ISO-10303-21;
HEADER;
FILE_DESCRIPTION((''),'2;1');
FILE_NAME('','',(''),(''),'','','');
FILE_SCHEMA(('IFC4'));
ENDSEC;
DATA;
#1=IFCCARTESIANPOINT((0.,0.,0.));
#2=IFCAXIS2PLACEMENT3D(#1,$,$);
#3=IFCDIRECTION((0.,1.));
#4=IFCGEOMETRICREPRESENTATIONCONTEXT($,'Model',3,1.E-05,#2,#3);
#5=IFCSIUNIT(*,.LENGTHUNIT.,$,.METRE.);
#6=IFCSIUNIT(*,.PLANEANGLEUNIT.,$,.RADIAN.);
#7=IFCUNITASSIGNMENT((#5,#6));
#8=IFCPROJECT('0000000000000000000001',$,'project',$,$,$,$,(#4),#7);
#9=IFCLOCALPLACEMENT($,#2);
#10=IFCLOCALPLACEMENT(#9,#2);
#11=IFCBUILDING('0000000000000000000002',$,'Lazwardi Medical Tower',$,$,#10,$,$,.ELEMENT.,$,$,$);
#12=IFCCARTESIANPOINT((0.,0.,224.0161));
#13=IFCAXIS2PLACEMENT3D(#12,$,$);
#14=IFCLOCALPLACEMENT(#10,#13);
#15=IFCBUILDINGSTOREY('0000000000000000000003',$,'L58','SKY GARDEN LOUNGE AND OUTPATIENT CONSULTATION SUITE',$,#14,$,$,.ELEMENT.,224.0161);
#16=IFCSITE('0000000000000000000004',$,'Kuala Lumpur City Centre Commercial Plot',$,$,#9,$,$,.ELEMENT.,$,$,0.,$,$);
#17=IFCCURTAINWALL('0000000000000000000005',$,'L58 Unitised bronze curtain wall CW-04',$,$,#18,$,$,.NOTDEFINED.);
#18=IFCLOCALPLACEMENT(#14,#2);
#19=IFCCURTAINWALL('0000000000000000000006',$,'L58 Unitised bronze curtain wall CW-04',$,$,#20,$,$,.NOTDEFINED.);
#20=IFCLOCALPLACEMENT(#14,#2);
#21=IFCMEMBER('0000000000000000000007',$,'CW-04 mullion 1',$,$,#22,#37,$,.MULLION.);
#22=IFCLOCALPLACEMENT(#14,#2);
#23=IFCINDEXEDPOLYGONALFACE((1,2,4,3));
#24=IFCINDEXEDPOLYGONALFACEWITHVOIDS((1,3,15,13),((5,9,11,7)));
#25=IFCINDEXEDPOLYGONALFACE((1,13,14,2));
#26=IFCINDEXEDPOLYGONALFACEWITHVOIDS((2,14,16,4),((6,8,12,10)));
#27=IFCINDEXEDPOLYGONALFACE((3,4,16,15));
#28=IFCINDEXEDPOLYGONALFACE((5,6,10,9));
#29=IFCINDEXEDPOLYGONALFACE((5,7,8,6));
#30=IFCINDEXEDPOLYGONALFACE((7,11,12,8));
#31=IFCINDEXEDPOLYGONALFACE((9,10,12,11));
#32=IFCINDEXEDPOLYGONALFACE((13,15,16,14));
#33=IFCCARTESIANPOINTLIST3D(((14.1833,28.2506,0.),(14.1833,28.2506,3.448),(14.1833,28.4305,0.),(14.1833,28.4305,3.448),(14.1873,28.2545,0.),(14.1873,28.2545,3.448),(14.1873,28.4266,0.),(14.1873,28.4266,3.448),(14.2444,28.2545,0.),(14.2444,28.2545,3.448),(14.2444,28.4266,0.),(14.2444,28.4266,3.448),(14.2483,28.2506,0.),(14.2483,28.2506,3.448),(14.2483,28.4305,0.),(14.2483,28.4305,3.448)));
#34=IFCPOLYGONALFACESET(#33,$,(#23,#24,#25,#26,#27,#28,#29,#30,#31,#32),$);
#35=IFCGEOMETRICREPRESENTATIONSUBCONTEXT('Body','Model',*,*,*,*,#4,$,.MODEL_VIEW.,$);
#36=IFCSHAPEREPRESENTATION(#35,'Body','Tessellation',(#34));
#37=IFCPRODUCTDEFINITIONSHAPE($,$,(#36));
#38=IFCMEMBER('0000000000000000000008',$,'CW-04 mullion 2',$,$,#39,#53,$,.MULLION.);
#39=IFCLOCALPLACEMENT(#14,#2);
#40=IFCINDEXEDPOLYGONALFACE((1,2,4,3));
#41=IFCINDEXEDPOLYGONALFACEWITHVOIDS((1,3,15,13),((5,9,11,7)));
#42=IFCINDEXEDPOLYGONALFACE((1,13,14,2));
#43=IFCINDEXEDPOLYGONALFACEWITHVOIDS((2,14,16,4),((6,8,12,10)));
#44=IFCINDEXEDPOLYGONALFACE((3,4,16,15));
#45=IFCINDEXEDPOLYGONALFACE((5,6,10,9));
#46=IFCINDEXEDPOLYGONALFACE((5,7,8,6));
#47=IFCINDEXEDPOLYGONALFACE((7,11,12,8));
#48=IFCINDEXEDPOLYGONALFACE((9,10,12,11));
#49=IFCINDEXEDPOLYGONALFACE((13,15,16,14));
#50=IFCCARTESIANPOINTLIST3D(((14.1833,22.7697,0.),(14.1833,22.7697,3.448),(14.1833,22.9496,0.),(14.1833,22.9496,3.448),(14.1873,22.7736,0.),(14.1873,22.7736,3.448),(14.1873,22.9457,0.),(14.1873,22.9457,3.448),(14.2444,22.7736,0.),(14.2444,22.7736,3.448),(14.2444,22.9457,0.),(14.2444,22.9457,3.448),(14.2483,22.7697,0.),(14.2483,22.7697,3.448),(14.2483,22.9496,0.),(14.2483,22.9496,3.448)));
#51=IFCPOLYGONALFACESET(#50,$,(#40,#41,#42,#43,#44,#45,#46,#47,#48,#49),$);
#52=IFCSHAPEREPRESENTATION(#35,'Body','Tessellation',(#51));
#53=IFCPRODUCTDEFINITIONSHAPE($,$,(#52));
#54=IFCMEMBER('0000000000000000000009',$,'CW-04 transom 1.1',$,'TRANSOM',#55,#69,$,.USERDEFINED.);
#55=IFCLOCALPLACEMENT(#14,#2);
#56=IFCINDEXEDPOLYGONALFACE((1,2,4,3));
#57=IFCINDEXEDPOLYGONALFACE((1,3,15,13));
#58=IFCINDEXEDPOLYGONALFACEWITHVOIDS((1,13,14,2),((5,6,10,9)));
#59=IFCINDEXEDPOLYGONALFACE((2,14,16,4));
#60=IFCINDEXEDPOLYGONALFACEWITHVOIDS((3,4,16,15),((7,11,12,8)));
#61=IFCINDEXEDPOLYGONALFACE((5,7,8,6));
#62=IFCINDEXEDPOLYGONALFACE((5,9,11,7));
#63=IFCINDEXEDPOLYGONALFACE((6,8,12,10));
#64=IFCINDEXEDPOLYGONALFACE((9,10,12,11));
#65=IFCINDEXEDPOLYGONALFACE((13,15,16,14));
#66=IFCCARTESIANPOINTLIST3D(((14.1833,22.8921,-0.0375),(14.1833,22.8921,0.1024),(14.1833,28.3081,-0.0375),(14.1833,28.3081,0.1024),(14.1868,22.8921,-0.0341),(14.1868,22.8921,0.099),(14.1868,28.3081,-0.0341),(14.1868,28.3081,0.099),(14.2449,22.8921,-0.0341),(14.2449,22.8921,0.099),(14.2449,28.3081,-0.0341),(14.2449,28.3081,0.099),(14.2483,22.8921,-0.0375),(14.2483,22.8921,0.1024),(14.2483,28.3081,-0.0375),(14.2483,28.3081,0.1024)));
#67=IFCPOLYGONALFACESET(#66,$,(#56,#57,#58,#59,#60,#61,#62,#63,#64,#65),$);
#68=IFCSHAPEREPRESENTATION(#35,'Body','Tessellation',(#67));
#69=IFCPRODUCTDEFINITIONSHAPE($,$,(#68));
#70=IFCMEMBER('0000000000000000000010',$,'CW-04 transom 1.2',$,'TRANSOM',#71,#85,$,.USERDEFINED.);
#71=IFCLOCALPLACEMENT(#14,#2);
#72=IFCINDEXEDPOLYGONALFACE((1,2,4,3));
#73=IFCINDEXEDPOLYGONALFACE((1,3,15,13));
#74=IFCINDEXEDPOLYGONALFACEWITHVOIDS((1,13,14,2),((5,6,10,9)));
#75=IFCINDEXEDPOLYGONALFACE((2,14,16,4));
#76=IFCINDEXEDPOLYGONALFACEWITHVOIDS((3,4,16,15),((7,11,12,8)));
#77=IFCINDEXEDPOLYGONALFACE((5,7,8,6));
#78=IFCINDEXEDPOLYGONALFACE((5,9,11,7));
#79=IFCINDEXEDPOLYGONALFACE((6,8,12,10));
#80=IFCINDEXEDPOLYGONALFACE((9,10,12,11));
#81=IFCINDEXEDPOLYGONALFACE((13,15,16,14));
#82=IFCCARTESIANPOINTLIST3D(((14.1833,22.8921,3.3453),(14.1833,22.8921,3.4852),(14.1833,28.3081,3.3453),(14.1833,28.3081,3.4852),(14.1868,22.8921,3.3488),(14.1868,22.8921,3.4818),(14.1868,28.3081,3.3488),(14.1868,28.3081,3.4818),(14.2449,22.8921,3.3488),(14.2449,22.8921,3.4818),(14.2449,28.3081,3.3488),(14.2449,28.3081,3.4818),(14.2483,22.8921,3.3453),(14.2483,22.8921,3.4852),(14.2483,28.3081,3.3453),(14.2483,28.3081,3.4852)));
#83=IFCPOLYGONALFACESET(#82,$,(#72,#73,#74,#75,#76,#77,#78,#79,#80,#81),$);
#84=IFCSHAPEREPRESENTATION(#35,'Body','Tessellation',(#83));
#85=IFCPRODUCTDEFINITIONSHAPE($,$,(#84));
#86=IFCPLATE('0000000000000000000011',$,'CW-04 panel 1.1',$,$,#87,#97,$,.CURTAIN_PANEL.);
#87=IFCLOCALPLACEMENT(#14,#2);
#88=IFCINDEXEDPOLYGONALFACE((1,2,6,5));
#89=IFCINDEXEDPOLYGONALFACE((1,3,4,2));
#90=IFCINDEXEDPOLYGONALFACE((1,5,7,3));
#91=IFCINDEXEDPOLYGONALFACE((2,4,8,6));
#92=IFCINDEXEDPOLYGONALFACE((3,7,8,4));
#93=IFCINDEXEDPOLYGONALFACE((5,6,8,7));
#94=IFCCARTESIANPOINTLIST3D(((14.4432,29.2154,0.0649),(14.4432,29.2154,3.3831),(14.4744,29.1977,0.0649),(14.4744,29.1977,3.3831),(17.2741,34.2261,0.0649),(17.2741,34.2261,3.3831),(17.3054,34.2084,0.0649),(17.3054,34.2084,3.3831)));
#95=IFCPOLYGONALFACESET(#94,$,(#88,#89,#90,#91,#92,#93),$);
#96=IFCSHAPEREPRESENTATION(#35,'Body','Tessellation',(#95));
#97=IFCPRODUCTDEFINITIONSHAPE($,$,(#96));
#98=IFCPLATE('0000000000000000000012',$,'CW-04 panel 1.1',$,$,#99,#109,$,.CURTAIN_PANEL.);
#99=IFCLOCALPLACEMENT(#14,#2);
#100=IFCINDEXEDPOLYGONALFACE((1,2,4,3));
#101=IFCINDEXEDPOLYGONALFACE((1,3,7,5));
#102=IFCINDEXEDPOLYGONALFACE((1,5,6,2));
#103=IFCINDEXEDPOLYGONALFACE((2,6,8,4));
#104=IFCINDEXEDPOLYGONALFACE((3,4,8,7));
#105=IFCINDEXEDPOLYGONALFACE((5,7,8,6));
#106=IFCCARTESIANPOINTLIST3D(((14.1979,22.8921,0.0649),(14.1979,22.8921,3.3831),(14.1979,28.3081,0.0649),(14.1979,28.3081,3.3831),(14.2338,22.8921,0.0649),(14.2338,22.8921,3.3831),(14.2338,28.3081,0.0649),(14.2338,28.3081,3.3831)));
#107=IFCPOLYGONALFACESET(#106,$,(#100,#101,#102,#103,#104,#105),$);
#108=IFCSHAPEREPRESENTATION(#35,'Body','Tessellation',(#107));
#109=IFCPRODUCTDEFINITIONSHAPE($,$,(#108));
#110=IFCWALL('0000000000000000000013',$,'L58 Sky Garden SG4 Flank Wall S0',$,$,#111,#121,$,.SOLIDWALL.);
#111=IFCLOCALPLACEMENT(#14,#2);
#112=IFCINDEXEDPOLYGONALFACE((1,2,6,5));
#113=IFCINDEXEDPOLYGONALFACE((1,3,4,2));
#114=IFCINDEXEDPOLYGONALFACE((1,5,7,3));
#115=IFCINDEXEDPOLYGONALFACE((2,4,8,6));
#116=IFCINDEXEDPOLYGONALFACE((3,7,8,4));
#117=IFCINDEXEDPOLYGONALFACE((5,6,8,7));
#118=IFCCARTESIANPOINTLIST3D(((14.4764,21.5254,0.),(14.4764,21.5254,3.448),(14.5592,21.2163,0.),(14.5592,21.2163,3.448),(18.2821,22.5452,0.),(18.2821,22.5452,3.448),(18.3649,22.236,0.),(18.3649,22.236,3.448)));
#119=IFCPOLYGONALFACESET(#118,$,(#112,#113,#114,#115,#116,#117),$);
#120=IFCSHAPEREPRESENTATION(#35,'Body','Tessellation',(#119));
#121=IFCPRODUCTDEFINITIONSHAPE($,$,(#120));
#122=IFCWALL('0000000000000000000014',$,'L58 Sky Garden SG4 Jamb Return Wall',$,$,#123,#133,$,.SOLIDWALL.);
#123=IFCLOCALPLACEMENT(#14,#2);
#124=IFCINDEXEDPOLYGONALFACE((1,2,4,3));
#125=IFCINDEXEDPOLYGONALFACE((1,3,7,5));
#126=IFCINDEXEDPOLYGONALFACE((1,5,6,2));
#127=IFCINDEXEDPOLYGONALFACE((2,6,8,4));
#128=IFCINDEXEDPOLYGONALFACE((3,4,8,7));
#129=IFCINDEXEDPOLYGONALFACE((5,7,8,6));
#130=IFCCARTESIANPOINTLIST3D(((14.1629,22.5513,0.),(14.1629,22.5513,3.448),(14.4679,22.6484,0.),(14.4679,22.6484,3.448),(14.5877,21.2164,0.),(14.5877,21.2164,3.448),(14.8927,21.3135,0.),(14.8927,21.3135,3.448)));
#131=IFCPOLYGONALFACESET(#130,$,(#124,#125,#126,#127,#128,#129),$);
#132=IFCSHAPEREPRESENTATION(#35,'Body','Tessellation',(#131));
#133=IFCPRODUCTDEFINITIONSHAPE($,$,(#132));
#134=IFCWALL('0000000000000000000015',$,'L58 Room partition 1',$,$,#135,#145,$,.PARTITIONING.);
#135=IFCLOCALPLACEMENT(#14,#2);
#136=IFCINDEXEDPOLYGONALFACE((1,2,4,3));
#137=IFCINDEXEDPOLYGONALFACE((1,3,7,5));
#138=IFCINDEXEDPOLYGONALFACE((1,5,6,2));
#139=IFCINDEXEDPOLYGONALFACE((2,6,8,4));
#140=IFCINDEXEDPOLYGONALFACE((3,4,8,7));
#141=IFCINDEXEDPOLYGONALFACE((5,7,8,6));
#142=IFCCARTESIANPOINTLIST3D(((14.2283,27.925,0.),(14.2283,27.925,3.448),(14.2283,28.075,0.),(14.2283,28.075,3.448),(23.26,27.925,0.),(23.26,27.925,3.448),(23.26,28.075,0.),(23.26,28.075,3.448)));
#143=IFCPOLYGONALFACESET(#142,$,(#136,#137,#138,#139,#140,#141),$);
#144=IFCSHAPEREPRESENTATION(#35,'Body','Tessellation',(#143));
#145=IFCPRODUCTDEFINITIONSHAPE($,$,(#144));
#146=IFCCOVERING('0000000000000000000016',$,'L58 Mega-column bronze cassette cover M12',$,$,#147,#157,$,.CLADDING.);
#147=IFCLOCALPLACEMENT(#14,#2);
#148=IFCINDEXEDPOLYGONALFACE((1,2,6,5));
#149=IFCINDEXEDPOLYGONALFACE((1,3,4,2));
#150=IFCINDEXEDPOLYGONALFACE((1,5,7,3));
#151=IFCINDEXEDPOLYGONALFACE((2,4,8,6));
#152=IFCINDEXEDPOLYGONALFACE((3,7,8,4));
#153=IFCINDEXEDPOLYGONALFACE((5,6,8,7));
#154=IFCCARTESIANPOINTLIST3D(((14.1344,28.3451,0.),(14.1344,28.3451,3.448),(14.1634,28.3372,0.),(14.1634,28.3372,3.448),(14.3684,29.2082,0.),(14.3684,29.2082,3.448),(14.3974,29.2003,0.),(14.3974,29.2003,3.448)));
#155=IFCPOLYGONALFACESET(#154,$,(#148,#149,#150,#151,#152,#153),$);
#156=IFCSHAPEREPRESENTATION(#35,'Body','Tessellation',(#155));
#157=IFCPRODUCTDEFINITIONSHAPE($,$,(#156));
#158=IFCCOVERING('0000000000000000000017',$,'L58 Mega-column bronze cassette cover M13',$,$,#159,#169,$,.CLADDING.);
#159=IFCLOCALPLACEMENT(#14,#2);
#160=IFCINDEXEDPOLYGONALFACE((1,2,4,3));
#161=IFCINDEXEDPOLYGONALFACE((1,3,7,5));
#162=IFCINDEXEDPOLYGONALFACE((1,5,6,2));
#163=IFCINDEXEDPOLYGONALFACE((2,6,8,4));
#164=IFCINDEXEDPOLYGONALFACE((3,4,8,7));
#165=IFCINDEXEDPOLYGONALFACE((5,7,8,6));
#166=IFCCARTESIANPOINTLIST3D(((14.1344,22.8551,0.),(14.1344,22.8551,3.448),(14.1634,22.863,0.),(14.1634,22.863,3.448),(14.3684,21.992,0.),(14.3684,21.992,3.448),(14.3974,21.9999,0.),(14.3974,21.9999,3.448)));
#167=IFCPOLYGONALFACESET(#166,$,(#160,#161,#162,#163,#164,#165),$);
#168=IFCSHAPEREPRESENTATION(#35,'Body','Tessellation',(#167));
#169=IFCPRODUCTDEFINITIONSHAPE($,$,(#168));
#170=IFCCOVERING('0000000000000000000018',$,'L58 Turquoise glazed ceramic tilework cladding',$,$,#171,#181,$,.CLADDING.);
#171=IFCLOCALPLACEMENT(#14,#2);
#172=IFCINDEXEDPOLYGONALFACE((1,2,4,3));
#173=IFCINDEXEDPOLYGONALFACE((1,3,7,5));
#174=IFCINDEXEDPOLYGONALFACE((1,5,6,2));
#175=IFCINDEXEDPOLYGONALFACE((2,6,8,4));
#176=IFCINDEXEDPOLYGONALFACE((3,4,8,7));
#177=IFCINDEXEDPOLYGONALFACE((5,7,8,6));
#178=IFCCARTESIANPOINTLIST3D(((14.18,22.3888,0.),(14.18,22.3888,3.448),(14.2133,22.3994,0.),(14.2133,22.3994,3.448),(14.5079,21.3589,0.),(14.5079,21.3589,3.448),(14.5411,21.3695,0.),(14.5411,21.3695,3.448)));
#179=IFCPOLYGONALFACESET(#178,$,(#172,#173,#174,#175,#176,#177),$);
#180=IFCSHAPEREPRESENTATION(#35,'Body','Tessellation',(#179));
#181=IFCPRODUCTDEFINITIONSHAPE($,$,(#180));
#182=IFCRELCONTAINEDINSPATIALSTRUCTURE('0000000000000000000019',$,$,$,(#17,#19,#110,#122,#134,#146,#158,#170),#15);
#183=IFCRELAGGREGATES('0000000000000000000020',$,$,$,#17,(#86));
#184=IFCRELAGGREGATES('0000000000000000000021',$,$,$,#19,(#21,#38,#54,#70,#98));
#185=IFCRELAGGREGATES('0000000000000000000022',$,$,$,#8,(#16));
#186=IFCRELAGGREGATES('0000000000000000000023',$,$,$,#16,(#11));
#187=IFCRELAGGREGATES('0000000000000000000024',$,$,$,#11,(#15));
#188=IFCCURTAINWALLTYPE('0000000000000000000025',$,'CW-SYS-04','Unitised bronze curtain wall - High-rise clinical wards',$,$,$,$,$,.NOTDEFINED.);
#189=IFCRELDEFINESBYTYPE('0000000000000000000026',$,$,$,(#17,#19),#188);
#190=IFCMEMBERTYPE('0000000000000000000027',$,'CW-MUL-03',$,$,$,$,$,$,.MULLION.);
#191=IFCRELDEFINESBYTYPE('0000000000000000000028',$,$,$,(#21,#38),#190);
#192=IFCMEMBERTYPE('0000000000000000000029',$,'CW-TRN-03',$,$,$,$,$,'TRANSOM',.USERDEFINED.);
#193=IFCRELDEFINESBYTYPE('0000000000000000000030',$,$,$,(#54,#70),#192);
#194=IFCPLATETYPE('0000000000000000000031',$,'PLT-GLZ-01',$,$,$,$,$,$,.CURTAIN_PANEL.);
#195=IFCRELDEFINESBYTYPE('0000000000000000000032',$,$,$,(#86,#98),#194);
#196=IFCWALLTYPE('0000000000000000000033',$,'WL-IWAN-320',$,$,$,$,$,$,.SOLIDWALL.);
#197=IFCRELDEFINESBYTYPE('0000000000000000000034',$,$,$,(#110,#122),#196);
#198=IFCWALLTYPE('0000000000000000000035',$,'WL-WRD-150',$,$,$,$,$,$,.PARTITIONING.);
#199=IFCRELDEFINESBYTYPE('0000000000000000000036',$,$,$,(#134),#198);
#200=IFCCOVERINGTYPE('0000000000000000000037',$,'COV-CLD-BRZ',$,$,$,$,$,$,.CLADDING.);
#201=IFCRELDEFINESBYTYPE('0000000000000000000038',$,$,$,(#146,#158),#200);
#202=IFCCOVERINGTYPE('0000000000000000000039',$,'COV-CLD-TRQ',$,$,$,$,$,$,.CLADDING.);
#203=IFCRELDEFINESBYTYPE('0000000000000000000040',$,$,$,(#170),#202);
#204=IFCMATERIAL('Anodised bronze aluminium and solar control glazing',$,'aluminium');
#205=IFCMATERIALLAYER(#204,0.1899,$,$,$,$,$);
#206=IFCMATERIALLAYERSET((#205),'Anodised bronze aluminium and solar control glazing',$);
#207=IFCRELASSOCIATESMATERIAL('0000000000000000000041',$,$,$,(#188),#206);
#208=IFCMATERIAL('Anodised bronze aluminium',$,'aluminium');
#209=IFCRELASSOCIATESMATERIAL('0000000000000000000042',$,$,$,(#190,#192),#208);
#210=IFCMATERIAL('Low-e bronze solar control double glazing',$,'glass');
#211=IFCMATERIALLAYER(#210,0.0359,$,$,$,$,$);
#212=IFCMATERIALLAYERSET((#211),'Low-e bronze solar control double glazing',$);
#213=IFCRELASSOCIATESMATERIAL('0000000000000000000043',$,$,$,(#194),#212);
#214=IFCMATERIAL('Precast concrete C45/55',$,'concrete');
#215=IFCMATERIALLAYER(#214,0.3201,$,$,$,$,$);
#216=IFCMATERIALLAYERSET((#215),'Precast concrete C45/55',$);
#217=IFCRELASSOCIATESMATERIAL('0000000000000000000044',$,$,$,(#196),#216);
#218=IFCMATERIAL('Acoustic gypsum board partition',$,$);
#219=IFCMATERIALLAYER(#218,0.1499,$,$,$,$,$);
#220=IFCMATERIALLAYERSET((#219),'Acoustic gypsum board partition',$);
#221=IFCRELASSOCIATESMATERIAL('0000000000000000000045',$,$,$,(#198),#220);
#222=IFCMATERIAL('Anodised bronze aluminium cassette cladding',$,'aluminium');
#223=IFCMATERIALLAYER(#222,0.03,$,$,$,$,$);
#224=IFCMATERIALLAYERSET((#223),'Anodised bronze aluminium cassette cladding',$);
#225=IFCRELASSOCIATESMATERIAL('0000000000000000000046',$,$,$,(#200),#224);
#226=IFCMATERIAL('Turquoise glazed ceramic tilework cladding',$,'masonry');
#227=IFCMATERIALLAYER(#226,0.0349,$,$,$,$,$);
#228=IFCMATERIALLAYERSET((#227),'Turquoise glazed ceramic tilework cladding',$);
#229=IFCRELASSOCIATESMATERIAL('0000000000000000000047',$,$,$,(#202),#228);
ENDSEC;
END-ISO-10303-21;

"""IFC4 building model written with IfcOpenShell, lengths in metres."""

from ifc_helpers import new_model, si_unit, direction, frame, frame_2d, origin, origin_2d, place, context, subcontext, project, spatial, rectangle, hollow_rectangle, extrude, material, layer, layer_set, material_profile, profile_set, type_object, element, aggregate, save


model = new_model("IFC4")

# Units and contexts
model_context = context("Model", 3, precision=1e-05, world=origin(), true_north=direction((0.0, 1.0)))
body_context = subcontext(model_context, "Body", "Model", "MODEL_VIEW")
ifc_project = project(units=[si_unit("LENGTHUNIT", "METRE"), si_unit("PLANEANGLEUNIT", "RADIAN")], contexts=[model_context])

# Site, building, storey
site_placement = place(None, origin())
site = spatial("IfcSite", under=ifc_project, at=site_placement, Name="Kuala Lumpur City Centre Commercial Plot", CompositionType="ELEMENT", RefElevation=0.0)
building_placement = place(site_placement, origin())
building = spatial("IfcBuilding", under=site, at=building_placement, Name="Lazwardi Medical Tower", CompositionType="ELEMENT")
storey_placement = place(building_placement, frame((0.0, 0.0, 224.0161)))
storey = spatial("IfcBuildingStorey", under=building, at=storey_placement, Name="L58", Description="SKY GARDEN LOUNGE AND OUTPATIENT CONSULTATION SUITE", CompositionType="ELEMENT", Elevation=224.0161)

# Curtain wall
ifc_material_1 = material(Name="Anodised bronze aluminium and solar control glazing", Category="aluminium")
ifc_layer_1 = layer(ifc_material_1, 0.1899)
ifc_layer_set_1 = layer_set([ifc_layer_1], Name="Anodised bronze aluminium and solar control glazing")
curtain_wall_type = type_object("IfcCurtainWallType", Name="CW-SYS-04", Description="Unitised bronze curtain wall - High-rise clinical wards", PredefinedType="NOTDEFINED", material=ifc_layer_set_1)
curtain_wall_1_placement = place(storey_placement, origin())
curtain_wall_1 = element("IfcCurtainWall", 1, at=curtain_wall_1_placement, inside=storey, type_object=curtain_wall_type, Name="L58 Unitised bronze curtain wall CW-04", PredefinedType="NOTDEFINED")
ifc_material_2 = material(Name="Anodised bronze aluminium", Category="aluminium")
ifc_material_profile_1 = material_profile(ifc_material_2, hollow_rectangle(XDim=0.0649, YDim=0.1799, WallThickness=0.0039, at=origin_2d()), Name="ALU-MULLION 180x65x4")
ifc_profile_set_1 = profile_set([ifc_material_profile_1], Name="Anodised bronze aluminium")
member_type_1 = type_object("IfcMemberType", Name="CW-MUL-03", PredefinedType="MULLION", material=ifc_profile_set_1)

# Curtain wall, members
curtain_wall_2_placement = place(storey_placement, origin())
curtain_wall_2 = element("IfcCurtainWall", 2, at=curtain_wall_2_placement, inside=storey, type_object=curtain_wall_type, Name="L58 Unitised bronze curtain wall CW-04", PredefinedType="NOTDEFINED")
member_1_placement = place(storey_placement, frame((14.2158, 28.3406, 0.0), z_axis=(0.0, 0.0, 1.0), x_axis=(1.0, 0.0, 0.0)))
member_1 = element("IfcMember", 3, at=member_1_placement, type_object=member_type_1, Name="CW-04 mullion 1", PredefinedType="MULLION", context=body_context, shape_type="SweptSolid", body=[
    extrude(hollow_rectangle(XDim=0.0649, YDim=0.1799, WallThickness=0.0039, at=origin_2d()), origin(), (0.0, 0.0, 1.0), 3.448),
])
member_2_placement = place(storey_placement, frame((14.2158, 22.8596, 0.0), z_axis=(0.0, 0.0, 1.0), x_axis=(1.0, 0.0, 0.0)))
member_2 = element("IfcMember", 4, at=member_2_placement, type_object=member_type_1, Name="CW-04 mullion 2", PredefinedType="MULLION", context=body_context, shape_type="SweptSolid", body=[
    extrude(hollow_rectangle(XDim=0.0649, YDim=0.1799, WallThickness=0.0039, at=origin_2d()), origin(), (0.0, 0.0, 1.0), 3.448),
])
ifc_material_profile_2 = material_profile(ifc_material_2, hollow_rectangle(XDim=0.0649, YDim=0.1399, WallThickness=0.0034, at=origin_2d()), Name="ALU-TRANSOM 140x65x3.5")
ifc_profile_set_2 = profile_set([ifc_material_profile_2], Name="Anodised bronze aluminium")
member_type_2 = type_object("IfcMemberType", Name="CW-TRN-03", ElementType="TRANSOM", PredefinedType="USERDEFINED", material=ifc_profile_set_2)
member_3_placement = place(storey_placement, frame((14.2158, 28.3081, 0.0325), z_axis=(0.0, -1.0, 0.0), x_axis=(1.0, 0.0, 0.0)))
member_3 = element("IfcMember", 5, at=member_3_placement, type_object=member_type_2, Name="CW-04 transom 1.1", ObjectType="TRANSOM", PredefinedType="USERDEFINED", context=body_context, shape_type="SweptSolid", body=[
    extrude(hollow_rectangle(XDim=0.0649, YDim=0.1399, WallThickness=0.0034, at=origin_2d()), origin(), (0.0, 0.0, 1.0), 5.416),
])
member_4_placement = place(storey_placement, frame((14.2158, 28.3081, 3.4153), z_axis=(0.0, -1.0, 0.0), x_axis=(1.0, 0.0, 0.0)))
member_4 = element("IfcMember", 6, at=member_4_placement, type_object=member_type_2, Name="CW-04 transom 1.2", ObjectType="TRANSOM", PredefinedType="USERDEFINED", context=body_context, shape_type="SweptSolid", body=[
    extrude(hollow_rectangle(XDim=0.0649, YDim=0.1399, WallThickness=0.0034, at=origin_2d()), origin(), (0.0, 0.0, 1.0), 5.416),
])

# Plates
ifc_material_3 = material(Name="Low-e bronze solar control double glazing", Category="glass")
ifc_layer_2 = layer(ifc_material_3, 0.0359)
ifc_layer_set_2 = layer_set([ifc_layer_2], Name="Low-e bronze solar control double glazing")
plate_type = type_object("IfcPlateType", Name="PLT-GLZ-01", PredefinedType="CURTAIN_PANEL", material=ifc_layer_set_2)
plate_1_placement = place(storey_placement, frame((15.8743, 31.7119, 0.0649), z_axis=(0.0, 0.0, 1.0), x_axis=(-0.4919, -0.870651, 0.0)))
plate_1 = element("IfcPlate", 7, at=plate_1_placement, type_object=plate_type, Name="CW-04 panel 1.1", PredefinedType="CURTAIN_PANEL", context=body_context, shape_type="SweptSolid", body=[
    extrude(rectangle(XDim=5.7551, YDim=0.0359, at=origin_2d()), origin(), (0.0, 0.0, 1.0), 3.3181),
])
aggregate(curtain_wall_1, [plate_1])
plate_2_placement = place(storey_placement, frame((14.2158, 25.6001, 0.0649), z_axis=(0.0, 0.0, 1.0), x_axis=(0.0, -1.0, 0.0)))
plate_2 = element("IfcPlate", 8, at=plate_2_placement, type_object=plate_type, Name="CW-04 panel 1.1", PredefinedType="CURTAIN_PANEL", context=body_context, shape_type="SweptSolid", body=[
    extrude(rectangle(XDim=5.416, YDim=0.0359, at=origin_2d()), origin(), (0.0, 0.0, 1.0), 3.3181),
])
aggregate(curtain_wall_2, [member_1, member_2, member_3, member_4, plate_2])

# Walls
ifc_material_4 = material(Name="Precast concrete C45/55", Category="concrete")
ifc_layer_3 = layer(ifc_material_4, 0.3201)
ifc_layer_set_3 = layer_set([ifc_layer_3], Name="Precast concrete C45/55")
wall_type_1 = type_object("IfcWallType", Name="WL-IWAN-320", PredefinedType="SOLIDWALL", material=ifc_layer_set_3)
wall_1_placement = place(storey_placement, frame((14.5178, 21.3708, 0.0), z_axis=(0.0, 0.0, 1.0), x_axis=(0.965923, 0.258831, 0.0)))
element("IfcWall", 9, at=wall_1_placement, inside=storey, type_object=wall_type_1, Name="L58 Sky Garden SG4 Flank Wall S0", PredefinedType="SOLIDWALL", context=body_context, shape_type="SweptSolid", body=[
    extrude(rectangle(XDim=3.9399, YDim=0.3201, at=frame_2d((1.97, 0.0))), origin(), (0.0, 0.0, 1.0), 3.448),
])
wall_2_placement = place(storey_placement, frame((14.3154, 22.5999, 0.0), z_axis=(0.0, 0.0, 1.0), x_axis=(0.303232, -0.952917, 0.0)))
element("IfcWall", 10, at=wall_2_placement, inside=storey, type_object=wall_type_1, Name="L58 Sky Garden SG4 Jamb Return Wall", PredefinedType="SOLIDWALL", context=body_context, shape_type="SweptSolid", body=[
    extrude(rectangle(XDim=1.4009, YDim=0.3201, at=frame_2d((0.7004, 0.0))), origin(), (0.0, 0.0, 1.0), 3.448),
])
ifc_material_5 = material(Name="Acoustic gypsum board partition")
ifc_layer_4 = layer(ifc_material_5, 0.1499)
ifc_layer_set_4 = layer_set([ifc_layer_4], Name="Acoustic gypsum board partition")
wall_type_2 = type_object("IfcWallType", Name="WL-WRD-150", PredefinedType="PARTITIONING", material=ifc_layer_set_4)
wall_3_placement = place(storey_placement, frame((14.2283, 28.0, 0.0), z_axis=(0.0, 0.0, 1.0), x_axis=(1.0, 0.0, 0.0)))
element("IfcWall", 11, at=wall_3_placement, inside=storey, type_object=wall_type_2, Name="L58 Room partition 1", PredefinedType="PARTITIONING", context=body_context, shape_type="SweptSolid", body=[
    extrude(rectangle(XDim=9.0317, YDim=0.1499, at=frame_2d((4.5159, 0.0))), origin(), (0.0, 0.0, 1.0), 3.448),
])

# Coverings
ifc_material_6 = material(Name="Anodised bronze aluminium cassette cladding", Category="aluminium")
ifc_layer_5 = layer(ifc_material_6, 0.03)
ifc_layer_set_5 = layer_set([ifc_layer_5], Name="Anodised bronze aluminium cassette cladding")
covering_type_1 = type_object("IfcCoveringType", Name="COV-CLD-BRZ", PredefinedType="CLADDING", material=ifc_layer_set_5)
for number, where, z_axis, x_axis, name in (
    (12, (14.2659, 28.7727, 0.0), (0.0, 0.0, 1.0), (-0.261642, -0.965165, 0.0), "L58 Mega-column bronze cassette cover M12"),
    (13, (14.2659, 22.4275, 0.0), (0.0, 0.0, 1.0), (0.261642, -0.965165, 0.0), "L58 Mega-column bronze cassette cover M13"),
):
    element("IfcCovering", number, at=place(storey_placement, frame(where, z_axis=z_axis, x_axis=x_axis)), inside=storey, type_object=covering_type_1, Name=name, PredefinedType="CLADDING", context=body_context, shape_type="SweptSolid", body=[
        extrude(rectangle(XDim=0.8943, YDim=0.03, at=origin_2d()), origin(), (0.0, 0.0, 1.0), 3.448),
    ])
ifc_material_7 = material(Name="Turquoise glazed ceramic tilework cladding", Category="masonry")
ifc_layer_6 = layer(ifc_material_7, 0.0349)
ifc_layer_set_6 = layer_set([ifc_layer_6], Name="Turquoise glazed ceramic tilework cladding")
covering_type_2 = type_object("IfcCoveringType", Name="COV-CLD-TRQ", PredefinedType="CLADDING", material=ifc_layer_set_6)
covering_placement = place(storey_placement, frame((14.3606, 21.8792, 0.0), z_axis=(0.0, 0.0, 1.0), x_axis=(0.303318, -0.952889, 0.0)))
element("IfcCovering", 14, at=covering_placement, inside=storey, type_object=covering_type_2, Name="L58 Turquoise glazed ceramic tilework cladding", PredefinedType="CLADDING", context=body_context, shape_type="SweptSolid", body=[
    extrude(rectangle(XDim=1.0808, YDim=0.0349, at=origin_2d()), origin(), (0.0, 0.0, 1.0), 3.448),
])

save(model, "model.ifc")
